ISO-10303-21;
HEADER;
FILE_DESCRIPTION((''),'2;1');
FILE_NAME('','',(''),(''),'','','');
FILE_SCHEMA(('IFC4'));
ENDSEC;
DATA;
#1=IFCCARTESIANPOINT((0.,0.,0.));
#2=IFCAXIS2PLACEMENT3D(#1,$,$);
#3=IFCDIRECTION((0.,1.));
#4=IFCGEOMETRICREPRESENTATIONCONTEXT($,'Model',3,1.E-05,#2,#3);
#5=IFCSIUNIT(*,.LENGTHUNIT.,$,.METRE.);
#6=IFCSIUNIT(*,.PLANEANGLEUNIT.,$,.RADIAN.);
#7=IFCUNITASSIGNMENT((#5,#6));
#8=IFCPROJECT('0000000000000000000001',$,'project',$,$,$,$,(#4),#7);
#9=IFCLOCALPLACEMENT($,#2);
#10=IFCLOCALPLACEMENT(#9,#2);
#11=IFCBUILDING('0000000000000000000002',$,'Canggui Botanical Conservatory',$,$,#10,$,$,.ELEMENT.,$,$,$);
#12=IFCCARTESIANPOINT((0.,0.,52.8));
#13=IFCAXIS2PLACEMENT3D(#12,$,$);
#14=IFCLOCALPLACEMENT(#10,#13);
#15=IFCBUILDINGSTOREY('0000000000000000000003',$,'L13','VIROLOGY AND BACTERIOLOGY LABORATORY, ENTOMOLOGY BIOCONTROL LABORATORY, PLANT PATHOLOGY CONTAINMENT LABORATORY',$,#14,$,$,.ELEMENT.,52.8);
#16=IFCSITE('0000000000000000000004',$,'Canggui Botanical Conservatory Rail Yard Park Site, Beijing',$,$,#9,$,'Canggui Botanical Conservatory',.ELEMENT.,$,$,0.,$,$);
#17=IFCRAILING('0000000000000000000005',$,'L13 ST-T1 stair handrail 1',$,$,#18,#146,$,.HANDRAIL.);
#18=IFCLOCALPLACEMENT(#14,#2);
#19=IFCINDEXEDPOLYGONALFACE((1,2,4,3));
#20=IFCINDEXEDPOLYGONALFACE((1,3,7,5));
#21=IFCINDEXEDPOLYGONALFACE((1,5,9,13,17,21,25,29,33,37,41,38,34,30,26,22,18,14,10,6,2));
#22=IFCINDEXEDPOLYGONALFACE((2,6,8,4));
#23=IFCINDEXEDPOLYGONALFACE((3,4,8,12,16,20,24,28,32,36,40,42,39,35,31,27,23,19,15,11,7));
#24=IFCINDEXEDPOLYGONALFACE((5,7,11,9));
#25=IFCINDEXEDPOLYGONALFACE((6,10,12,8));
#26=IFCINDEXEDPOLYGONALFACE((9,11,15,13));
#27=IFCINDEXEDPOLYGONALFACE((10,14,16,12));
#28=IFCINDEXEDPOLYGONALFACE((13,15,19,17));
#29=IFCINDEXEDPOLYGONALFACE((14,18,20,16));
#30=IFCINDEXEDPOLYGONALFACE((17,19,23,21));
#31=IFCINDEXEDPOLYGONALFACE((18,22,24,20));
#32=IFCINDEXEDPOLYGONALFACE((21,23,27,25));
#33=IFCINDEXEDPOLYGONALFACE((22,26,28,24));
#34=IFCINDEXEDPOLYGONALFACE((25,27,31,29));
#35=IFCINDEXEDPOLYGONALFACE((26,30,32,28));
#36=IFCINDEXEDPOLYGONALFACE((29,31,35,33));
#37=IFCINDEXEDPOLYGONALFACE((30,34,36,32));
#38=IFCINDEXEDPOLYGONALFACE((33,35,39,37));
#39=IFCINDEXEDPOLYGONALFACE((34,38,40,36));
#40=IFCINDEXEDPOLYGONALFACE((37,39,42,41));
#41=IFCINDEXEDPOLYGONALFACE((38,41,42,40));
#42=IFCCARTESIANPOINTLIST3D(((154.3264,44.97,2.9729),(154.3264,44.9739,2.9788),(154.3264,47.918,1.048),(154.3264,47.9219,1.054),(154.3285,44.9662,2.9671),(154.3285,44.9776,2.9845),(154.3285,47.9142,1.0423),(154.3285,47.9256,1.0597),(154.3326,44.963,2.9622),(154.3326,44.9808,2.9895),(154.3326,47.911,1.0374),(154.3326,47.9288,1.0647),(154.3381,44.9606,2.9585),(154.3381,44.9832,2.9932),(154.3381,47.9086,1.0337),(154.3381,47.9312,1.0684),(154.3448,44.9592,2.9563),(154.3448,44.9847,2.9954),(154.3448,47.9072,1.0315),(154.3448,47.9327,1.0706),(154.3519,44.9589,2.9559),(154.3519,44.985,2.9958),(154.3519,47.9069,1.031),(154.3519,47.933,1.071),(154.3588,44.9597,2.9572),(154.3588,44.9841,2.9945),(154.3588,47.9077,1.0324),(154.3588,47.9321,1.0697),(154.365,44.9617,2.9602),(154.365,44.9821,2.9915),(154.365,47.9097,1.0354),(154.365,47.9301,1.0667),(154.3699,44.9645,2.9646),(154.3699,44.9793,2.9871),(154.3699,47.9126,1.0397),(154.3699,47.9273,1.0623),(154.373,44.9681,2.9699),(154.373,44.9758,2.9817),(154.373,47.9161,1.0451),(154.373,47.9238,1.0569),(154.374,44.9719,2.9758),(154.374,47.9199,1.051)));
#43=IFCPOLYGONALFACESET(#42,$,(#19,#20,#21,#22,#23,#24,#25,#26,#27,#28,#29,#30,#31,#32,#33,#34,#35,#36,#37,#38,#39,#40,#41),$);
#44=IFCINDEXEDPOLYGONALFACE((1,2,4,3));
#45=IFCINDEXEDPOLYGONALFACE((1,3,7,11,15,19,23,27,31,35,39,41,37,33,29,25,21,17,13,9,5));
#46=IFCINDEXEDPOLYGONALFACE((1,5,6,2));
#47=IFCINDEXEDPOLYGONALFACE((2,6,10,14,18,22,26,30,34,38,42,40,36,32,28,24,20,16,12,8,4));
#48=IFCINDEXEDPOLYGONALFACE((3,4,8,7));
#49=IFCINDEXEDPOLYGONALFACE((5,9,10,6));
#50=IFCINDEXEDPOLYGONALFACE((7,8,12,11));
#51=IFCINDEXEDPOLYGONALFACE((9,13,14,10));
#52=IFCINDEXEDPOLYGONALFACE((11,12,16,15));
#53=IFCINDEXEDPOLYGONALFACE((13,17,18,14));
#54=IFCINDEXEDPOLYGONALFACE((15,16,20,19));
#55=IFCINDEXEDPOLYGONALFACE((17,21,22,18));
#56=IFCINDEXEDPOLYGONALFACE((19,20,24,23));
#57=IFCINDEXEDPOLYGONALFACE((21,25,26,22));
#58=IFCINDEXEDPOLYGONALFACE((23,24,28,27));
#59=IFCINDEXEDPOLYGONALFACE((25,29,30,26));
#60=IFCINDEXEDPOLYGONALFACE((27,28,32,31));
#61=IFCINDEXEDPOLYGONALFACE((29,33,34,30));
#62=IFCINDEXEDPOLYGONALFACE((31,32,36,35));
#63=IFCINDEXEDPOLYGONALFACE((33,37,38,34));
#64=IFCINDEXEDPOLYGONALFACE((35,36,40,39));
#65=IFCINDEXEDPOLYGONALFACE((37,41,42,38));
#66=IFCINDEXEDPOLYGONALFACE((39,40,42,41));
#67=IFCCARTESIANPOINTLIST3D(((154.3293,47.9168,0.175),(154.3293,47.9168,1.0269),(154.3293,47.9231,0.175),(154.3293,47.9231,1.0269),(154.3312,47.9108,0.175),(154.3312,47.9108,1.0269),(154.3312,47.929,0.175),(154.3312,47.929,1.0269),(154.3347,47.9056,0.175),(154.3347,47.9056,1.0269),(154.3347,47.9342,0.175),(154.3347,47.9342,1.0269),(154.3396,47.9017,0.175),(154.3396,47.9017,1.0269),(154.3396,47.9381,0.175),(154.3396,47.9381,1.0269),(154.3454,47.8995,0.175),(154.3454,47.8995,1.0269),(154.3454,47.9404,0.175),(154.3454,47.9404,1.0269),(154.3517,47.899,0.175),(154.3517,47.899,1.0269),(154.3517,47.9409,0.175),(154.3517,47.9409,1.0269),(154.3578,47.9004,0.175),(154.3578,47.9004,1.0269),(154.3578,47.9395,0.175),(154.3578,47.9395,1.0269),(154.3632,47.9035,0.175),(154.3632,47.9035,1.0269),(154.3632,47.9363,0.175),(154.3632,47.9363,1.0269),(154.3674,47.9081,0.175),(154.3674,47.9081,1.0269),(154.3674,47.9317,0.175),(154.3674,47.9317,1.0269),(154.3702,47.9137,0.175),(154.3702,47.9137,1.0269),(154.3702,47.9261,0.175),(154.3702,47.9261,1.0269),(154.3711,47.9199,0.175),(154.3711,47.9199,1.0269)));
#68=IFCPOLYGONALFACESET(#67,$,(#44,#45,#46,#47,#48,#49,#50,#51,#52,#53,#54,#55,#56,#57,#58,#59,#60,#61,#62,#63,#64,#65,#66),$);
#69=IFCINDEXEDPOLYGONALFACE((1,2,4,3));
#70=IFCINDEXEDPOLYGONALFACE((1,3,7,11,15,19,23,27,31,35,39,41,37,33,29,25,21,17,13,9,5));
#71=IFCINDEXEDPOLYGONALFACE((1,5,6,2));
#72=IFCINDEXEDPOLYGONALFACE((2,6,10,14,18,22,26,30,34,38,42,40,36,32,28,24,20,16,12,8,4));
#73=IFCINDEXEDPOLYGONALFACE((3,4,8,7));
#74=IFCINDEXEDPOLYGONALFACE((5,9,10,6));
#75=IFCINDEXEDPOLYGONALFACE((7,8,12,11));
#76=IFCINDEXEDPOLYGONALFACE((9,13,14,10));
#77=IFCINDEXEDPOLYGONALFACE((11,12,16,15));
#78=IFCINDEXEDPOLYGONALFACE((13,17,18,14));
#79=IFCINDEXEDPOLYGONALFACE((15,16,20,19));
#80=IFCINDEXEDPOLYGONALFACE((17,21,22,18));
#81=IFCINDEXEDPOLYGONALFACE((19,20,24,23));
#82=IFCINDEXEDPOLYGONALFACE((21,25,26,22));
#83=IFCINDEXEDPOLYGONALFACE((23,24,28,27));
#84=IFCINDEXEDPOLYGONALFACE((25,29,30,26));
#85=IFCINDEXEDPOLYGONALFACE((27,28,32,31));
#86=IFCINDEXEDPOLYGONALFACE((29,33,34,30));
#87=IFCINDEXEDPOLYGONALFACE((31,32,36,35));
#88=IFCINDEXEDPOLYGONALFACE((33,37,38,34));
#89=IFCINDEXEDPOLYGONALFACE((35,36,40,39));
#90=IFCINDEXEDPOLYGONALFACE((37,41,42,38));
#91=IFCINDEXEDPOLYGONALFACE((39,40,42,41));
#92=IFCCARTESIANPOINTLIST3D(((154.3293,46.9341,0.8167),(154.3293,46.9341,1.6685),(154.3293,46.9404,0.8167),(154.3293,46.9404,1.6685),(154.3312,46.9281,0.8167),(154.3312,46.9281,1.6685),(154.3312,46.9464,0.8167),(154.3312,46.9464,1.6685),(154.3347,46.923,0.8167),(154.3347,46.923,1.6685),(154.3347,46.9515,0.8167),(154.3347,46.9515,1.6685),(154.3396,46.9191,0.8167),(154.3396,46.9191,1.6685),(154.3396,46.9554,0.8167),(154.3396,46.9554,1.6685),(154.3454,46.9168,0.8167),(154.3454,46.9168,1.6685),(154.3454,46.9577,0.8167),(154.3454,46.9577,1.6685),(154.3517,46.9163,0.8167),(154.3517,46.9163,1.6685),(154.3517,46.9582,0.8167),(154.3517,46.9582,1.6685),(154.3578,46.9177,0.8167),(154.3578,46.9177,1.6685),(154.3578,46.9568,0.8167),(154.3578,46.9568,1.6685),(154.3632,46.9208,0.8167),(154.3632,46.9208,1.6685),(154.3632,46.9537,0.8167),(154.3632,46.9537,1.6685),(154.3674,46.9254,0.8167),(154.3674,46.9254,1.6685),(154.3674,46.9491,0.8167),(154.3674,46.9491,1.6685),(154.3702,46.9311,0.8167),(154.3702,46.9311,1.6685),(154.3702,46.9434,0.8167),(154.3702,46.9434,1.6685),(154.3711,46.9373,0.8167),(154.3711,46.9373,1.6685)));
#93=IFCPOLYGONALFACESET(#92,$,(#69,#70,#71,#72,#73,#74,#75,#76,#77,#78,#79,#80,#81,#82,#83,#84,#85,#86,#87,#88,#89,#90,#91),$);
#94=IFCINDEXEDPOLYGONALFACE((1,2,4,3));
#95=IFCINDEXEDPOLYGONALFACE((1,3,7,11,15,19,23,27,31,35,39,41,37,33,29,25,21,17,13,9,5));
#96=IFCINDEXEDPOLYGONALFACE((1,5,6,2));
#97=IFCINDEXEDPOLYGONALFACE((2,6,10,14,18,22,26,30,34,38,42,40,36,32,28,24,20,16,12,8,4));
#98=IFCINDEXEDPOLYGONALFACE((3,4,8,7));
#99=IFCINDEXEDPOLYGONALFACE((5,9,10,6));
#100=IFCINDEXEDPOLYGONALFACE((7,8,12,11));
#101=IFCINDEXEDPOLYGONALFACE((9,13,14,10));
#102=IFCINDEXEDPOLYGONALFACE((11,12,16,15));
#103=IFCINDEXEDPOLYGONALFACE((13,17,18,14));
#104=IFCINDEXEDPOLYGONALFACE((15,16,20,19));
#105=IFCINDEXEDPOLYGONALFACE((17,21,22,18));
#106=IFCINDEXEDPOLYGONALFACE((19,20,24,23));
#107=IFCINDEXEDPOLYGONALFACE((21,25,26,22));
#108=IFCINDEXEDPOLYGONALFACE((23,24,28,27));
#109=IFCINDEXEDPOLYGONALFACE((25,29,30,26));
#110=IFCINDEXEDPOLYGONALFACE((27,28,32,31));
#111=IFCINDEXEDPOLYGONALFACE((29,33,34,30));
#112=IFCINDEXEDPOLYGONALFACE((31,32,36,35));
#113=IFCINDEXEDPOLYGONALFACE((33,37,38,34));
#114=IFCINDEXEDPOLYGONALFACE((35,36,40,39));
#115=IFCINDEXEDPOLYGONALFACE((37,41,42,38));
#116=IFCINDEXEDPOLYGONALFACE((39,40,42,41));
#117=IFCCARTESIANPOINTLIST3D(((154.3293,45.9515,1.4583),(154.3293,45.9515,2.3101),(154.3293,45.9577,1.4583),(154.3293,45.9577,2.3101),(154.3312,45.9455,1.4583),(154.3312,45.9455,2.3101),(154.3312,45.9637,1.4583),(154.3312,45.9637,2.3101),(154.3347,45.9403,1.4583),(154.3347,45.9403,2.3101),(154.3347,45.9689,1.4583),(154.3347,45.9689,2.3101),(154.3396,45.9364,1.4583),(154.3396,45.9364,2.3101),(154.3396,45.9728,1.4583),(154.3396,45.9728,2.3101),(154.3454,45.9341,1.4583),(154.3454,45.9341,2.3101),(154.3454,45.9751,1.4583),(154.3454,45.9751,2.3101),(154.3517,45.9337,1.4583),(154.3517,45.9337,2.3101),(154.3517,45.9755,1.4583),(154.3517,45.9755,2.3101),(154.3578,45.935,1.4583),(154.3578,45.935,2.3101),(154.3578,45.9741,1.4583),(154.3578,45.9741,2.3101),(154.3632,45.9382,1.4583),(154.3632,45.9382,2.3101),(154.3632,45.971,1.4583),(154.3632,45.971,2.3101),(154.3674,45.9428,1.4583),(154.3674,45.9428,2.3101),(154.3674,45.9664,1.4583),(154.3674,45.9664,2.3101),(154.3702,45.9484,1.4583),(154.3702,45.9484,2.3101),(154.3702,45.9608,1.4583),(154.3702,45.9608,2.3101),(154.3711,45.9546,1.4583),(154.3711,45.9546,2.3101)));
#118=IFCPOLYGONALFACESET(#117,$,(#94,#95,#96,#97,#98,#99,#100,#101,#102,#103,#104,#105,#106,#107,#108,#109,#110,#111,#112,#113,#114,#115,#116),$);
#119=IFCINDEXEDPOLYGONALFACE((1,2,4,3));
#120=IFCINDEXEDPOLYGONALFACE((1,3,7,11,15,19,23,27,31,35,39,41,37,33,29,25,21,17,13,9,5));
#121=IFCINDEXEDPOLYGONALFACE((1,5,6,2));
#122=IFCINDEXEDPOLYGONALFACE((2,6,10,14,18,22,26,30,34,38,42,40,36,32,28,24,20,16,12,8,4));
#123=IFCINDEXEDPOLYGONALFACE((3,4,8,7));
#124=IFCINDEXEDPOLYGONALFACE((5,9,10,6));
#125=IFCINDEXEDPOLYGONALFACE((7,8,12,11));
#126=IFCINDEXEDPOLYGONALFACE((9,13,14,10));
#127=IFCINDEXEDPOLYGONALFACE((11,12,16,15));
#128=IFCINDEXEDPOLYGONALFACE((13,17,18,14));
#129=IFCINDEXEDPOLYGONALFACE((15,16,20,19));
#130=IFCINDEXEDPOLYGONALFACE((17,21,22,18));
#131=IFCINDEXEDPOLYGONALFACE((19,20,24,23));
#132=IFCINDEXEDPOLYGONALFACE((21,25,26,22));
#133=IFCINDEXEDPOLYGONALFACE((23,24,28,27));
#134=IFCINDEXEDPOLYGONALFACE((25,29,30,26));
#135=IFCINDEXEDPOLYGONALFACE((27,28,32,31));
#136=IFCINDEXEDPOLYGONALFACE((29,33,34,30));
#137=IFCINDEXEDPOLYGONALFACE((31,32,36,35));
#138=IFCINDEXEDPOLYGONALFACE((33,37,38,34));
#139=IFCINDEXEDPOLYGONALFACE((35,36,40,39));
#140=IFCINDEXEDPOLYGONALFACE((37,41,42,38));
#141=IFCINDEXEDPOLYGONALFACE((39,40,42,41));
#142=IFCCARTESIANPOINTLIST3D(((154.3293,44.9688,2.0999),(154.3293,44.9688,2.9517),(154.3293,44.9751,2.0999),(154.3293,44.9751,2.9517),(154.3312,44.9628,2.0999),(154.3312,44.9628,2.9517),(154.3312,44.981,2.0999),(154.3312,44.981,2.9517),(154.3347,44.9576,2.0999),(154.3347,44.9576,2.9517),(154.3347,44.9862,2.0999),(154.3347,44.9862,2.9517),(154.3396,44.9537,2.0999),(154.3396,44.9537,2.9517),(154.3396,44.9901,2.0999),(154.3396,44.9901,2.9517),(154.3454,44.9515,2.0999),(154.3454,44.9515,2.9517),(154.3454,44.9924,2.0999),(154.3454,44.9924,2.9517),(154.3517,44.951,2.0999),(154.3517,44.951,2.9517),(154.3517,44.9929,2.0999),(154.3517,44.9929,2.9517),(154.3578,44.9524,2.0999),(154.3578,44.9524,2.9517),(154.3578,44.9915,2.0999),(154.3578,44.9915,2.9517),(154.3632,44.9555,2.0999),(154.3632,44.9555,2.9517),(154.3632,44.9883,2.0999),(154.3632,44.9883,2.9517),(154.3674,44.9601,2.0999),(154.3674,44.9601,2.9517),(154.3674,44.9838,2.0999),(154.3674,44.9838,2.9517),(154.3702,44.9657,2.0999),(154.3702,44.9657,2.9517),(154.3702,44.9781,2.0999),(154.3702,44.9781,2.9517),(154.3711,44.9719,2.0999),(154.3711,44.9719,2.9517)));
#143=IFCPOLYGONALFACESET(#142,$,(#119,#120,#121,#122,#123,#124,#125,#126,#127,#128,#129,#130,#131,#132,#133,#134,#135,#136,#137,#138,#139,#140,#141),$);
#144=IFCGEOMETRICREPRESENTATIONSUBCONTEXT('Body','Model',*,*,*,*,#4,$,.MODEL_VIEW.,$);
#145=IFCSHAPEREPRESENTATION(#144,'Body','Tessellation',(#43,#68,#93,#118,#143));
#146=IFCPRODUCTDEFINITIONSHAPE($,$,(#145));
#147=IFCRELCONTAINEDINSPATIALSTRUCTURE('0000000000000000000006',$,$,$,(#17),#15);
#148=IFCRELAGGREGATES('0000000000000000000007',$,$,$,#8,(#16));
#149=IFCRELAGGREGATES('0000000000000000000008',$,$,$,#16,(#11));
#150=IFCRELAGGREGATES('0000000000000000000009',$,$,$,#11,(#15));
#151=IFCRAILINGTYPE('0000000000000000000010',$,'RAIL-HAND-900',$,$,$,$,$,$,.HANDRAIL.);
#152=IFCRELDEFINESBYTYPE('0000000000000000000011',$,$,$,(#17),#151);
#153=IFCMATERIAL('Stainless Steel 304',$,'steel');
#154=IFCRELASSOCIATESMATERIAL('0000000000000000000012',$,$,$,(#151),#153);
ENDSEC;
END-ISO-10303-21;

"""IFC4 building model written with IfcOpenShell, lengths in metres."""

from ifc_helpers import new_model, si_unit, direction, frame, origin, origin_2d, place, context, subcontext, project, spatial, circle, extrude, material, type_object, element, save


model = new_model("IFC4")

# Units and contexts
model_context = context("Model", 3, precision=1e-05, world=origin(), true_north=direction((0.0, 1.0)))
body_context = subcontext(model_context, "Body", "Model", "MODEL_VIEW")
ifc_project = project(units=[si_unit("LENGTHUNIT", "METRE"), si_unit("PLANEANGLEUNIT", "RADIAN")], contexts=[model_context])

# Site, building, storey
site_placement = place(None, origin())
site = spatial("IfcSite", under=ifc_project, at=site_placement, Name="Canggui Botanical Conservatory Rail Yard Park Site, Beijing", LongName="Canggui Botanical Conservatory", CompositionType="ELEMENT", RefElevation=0.0)
building_placement = place(site_placement, origin())
building = spatial("IfcBuilding", under=site, at=building_placement, Name="Canggui Botanical Conservatory", CompositionType="ELEMENT")
storey_placement = place(building_placement, frame((0.0, 0.0, 52.8)))
storey = spatial("IfcBuildingStorey", under=building, at=storey_placement, Name="L13", Description="VIROLOGY AND BACTERIOLOGY LABORATORY, ENTOMOLOGY BIOCONTROL LABORATORY, PLANT PATHOLOGY CONTAINMENT LABORATORY", CompositionType="ELEMENT", Elevation=52.8)

# Shared definitions
ifc_material_1 = material(Name="Stainless Steel 304", Category="steel")

# Railing
railing_type_1 = type_object("IfcRailingType", Name="RAIL-HAND-900", PredefinedType="HANDRAIL", material=ifc_material_1)
railing_1_placement = place(storey_placement, frame((154.3501, 47.9199, 0.175)))
element("IfcRailing", 1, at=railing_1_placement, inside=storey, type_object=railing_type_1, Name="L13 ST-T1 stair handrail 1", PredefinedType="HANDRAIL", context=body_context, shape_type="SweptSolid", body=[
    extrude(circle(Radius=0.0239, at=origin_2d()), frame((0.0, 0.0, 0.876), z_axis=(0.0, -0.837325, 0.546706), x_axis=(1.0, 0.0, 0.0)), (0.0, 0.0, 1.0), 3.5208),
    extrude(circle(Radius=0.021, at=origin_2d()), origin(), (0.0, 0.0, 1.0), 0.8518),
    extrude(circle(Radius=0.021, at=origin_2d()), frame((0.0, -0.9827, 0.6416)), (0.0, 0.0, 1.0), 0.8518),
    extrude(circle(Radius=0.021, at=origin_2d()), frame((0.0, -1.9653, 1.2832)), (0.0, 0.0, 1.0), 0.8518),
    extrude(circle(Radius=0.021, at=origin_2d()), frame((0.0, -2.948, 1.9248)), (0.0, 0.0, 1.0), 0.8518),
])

save(model, "model.ifc")
